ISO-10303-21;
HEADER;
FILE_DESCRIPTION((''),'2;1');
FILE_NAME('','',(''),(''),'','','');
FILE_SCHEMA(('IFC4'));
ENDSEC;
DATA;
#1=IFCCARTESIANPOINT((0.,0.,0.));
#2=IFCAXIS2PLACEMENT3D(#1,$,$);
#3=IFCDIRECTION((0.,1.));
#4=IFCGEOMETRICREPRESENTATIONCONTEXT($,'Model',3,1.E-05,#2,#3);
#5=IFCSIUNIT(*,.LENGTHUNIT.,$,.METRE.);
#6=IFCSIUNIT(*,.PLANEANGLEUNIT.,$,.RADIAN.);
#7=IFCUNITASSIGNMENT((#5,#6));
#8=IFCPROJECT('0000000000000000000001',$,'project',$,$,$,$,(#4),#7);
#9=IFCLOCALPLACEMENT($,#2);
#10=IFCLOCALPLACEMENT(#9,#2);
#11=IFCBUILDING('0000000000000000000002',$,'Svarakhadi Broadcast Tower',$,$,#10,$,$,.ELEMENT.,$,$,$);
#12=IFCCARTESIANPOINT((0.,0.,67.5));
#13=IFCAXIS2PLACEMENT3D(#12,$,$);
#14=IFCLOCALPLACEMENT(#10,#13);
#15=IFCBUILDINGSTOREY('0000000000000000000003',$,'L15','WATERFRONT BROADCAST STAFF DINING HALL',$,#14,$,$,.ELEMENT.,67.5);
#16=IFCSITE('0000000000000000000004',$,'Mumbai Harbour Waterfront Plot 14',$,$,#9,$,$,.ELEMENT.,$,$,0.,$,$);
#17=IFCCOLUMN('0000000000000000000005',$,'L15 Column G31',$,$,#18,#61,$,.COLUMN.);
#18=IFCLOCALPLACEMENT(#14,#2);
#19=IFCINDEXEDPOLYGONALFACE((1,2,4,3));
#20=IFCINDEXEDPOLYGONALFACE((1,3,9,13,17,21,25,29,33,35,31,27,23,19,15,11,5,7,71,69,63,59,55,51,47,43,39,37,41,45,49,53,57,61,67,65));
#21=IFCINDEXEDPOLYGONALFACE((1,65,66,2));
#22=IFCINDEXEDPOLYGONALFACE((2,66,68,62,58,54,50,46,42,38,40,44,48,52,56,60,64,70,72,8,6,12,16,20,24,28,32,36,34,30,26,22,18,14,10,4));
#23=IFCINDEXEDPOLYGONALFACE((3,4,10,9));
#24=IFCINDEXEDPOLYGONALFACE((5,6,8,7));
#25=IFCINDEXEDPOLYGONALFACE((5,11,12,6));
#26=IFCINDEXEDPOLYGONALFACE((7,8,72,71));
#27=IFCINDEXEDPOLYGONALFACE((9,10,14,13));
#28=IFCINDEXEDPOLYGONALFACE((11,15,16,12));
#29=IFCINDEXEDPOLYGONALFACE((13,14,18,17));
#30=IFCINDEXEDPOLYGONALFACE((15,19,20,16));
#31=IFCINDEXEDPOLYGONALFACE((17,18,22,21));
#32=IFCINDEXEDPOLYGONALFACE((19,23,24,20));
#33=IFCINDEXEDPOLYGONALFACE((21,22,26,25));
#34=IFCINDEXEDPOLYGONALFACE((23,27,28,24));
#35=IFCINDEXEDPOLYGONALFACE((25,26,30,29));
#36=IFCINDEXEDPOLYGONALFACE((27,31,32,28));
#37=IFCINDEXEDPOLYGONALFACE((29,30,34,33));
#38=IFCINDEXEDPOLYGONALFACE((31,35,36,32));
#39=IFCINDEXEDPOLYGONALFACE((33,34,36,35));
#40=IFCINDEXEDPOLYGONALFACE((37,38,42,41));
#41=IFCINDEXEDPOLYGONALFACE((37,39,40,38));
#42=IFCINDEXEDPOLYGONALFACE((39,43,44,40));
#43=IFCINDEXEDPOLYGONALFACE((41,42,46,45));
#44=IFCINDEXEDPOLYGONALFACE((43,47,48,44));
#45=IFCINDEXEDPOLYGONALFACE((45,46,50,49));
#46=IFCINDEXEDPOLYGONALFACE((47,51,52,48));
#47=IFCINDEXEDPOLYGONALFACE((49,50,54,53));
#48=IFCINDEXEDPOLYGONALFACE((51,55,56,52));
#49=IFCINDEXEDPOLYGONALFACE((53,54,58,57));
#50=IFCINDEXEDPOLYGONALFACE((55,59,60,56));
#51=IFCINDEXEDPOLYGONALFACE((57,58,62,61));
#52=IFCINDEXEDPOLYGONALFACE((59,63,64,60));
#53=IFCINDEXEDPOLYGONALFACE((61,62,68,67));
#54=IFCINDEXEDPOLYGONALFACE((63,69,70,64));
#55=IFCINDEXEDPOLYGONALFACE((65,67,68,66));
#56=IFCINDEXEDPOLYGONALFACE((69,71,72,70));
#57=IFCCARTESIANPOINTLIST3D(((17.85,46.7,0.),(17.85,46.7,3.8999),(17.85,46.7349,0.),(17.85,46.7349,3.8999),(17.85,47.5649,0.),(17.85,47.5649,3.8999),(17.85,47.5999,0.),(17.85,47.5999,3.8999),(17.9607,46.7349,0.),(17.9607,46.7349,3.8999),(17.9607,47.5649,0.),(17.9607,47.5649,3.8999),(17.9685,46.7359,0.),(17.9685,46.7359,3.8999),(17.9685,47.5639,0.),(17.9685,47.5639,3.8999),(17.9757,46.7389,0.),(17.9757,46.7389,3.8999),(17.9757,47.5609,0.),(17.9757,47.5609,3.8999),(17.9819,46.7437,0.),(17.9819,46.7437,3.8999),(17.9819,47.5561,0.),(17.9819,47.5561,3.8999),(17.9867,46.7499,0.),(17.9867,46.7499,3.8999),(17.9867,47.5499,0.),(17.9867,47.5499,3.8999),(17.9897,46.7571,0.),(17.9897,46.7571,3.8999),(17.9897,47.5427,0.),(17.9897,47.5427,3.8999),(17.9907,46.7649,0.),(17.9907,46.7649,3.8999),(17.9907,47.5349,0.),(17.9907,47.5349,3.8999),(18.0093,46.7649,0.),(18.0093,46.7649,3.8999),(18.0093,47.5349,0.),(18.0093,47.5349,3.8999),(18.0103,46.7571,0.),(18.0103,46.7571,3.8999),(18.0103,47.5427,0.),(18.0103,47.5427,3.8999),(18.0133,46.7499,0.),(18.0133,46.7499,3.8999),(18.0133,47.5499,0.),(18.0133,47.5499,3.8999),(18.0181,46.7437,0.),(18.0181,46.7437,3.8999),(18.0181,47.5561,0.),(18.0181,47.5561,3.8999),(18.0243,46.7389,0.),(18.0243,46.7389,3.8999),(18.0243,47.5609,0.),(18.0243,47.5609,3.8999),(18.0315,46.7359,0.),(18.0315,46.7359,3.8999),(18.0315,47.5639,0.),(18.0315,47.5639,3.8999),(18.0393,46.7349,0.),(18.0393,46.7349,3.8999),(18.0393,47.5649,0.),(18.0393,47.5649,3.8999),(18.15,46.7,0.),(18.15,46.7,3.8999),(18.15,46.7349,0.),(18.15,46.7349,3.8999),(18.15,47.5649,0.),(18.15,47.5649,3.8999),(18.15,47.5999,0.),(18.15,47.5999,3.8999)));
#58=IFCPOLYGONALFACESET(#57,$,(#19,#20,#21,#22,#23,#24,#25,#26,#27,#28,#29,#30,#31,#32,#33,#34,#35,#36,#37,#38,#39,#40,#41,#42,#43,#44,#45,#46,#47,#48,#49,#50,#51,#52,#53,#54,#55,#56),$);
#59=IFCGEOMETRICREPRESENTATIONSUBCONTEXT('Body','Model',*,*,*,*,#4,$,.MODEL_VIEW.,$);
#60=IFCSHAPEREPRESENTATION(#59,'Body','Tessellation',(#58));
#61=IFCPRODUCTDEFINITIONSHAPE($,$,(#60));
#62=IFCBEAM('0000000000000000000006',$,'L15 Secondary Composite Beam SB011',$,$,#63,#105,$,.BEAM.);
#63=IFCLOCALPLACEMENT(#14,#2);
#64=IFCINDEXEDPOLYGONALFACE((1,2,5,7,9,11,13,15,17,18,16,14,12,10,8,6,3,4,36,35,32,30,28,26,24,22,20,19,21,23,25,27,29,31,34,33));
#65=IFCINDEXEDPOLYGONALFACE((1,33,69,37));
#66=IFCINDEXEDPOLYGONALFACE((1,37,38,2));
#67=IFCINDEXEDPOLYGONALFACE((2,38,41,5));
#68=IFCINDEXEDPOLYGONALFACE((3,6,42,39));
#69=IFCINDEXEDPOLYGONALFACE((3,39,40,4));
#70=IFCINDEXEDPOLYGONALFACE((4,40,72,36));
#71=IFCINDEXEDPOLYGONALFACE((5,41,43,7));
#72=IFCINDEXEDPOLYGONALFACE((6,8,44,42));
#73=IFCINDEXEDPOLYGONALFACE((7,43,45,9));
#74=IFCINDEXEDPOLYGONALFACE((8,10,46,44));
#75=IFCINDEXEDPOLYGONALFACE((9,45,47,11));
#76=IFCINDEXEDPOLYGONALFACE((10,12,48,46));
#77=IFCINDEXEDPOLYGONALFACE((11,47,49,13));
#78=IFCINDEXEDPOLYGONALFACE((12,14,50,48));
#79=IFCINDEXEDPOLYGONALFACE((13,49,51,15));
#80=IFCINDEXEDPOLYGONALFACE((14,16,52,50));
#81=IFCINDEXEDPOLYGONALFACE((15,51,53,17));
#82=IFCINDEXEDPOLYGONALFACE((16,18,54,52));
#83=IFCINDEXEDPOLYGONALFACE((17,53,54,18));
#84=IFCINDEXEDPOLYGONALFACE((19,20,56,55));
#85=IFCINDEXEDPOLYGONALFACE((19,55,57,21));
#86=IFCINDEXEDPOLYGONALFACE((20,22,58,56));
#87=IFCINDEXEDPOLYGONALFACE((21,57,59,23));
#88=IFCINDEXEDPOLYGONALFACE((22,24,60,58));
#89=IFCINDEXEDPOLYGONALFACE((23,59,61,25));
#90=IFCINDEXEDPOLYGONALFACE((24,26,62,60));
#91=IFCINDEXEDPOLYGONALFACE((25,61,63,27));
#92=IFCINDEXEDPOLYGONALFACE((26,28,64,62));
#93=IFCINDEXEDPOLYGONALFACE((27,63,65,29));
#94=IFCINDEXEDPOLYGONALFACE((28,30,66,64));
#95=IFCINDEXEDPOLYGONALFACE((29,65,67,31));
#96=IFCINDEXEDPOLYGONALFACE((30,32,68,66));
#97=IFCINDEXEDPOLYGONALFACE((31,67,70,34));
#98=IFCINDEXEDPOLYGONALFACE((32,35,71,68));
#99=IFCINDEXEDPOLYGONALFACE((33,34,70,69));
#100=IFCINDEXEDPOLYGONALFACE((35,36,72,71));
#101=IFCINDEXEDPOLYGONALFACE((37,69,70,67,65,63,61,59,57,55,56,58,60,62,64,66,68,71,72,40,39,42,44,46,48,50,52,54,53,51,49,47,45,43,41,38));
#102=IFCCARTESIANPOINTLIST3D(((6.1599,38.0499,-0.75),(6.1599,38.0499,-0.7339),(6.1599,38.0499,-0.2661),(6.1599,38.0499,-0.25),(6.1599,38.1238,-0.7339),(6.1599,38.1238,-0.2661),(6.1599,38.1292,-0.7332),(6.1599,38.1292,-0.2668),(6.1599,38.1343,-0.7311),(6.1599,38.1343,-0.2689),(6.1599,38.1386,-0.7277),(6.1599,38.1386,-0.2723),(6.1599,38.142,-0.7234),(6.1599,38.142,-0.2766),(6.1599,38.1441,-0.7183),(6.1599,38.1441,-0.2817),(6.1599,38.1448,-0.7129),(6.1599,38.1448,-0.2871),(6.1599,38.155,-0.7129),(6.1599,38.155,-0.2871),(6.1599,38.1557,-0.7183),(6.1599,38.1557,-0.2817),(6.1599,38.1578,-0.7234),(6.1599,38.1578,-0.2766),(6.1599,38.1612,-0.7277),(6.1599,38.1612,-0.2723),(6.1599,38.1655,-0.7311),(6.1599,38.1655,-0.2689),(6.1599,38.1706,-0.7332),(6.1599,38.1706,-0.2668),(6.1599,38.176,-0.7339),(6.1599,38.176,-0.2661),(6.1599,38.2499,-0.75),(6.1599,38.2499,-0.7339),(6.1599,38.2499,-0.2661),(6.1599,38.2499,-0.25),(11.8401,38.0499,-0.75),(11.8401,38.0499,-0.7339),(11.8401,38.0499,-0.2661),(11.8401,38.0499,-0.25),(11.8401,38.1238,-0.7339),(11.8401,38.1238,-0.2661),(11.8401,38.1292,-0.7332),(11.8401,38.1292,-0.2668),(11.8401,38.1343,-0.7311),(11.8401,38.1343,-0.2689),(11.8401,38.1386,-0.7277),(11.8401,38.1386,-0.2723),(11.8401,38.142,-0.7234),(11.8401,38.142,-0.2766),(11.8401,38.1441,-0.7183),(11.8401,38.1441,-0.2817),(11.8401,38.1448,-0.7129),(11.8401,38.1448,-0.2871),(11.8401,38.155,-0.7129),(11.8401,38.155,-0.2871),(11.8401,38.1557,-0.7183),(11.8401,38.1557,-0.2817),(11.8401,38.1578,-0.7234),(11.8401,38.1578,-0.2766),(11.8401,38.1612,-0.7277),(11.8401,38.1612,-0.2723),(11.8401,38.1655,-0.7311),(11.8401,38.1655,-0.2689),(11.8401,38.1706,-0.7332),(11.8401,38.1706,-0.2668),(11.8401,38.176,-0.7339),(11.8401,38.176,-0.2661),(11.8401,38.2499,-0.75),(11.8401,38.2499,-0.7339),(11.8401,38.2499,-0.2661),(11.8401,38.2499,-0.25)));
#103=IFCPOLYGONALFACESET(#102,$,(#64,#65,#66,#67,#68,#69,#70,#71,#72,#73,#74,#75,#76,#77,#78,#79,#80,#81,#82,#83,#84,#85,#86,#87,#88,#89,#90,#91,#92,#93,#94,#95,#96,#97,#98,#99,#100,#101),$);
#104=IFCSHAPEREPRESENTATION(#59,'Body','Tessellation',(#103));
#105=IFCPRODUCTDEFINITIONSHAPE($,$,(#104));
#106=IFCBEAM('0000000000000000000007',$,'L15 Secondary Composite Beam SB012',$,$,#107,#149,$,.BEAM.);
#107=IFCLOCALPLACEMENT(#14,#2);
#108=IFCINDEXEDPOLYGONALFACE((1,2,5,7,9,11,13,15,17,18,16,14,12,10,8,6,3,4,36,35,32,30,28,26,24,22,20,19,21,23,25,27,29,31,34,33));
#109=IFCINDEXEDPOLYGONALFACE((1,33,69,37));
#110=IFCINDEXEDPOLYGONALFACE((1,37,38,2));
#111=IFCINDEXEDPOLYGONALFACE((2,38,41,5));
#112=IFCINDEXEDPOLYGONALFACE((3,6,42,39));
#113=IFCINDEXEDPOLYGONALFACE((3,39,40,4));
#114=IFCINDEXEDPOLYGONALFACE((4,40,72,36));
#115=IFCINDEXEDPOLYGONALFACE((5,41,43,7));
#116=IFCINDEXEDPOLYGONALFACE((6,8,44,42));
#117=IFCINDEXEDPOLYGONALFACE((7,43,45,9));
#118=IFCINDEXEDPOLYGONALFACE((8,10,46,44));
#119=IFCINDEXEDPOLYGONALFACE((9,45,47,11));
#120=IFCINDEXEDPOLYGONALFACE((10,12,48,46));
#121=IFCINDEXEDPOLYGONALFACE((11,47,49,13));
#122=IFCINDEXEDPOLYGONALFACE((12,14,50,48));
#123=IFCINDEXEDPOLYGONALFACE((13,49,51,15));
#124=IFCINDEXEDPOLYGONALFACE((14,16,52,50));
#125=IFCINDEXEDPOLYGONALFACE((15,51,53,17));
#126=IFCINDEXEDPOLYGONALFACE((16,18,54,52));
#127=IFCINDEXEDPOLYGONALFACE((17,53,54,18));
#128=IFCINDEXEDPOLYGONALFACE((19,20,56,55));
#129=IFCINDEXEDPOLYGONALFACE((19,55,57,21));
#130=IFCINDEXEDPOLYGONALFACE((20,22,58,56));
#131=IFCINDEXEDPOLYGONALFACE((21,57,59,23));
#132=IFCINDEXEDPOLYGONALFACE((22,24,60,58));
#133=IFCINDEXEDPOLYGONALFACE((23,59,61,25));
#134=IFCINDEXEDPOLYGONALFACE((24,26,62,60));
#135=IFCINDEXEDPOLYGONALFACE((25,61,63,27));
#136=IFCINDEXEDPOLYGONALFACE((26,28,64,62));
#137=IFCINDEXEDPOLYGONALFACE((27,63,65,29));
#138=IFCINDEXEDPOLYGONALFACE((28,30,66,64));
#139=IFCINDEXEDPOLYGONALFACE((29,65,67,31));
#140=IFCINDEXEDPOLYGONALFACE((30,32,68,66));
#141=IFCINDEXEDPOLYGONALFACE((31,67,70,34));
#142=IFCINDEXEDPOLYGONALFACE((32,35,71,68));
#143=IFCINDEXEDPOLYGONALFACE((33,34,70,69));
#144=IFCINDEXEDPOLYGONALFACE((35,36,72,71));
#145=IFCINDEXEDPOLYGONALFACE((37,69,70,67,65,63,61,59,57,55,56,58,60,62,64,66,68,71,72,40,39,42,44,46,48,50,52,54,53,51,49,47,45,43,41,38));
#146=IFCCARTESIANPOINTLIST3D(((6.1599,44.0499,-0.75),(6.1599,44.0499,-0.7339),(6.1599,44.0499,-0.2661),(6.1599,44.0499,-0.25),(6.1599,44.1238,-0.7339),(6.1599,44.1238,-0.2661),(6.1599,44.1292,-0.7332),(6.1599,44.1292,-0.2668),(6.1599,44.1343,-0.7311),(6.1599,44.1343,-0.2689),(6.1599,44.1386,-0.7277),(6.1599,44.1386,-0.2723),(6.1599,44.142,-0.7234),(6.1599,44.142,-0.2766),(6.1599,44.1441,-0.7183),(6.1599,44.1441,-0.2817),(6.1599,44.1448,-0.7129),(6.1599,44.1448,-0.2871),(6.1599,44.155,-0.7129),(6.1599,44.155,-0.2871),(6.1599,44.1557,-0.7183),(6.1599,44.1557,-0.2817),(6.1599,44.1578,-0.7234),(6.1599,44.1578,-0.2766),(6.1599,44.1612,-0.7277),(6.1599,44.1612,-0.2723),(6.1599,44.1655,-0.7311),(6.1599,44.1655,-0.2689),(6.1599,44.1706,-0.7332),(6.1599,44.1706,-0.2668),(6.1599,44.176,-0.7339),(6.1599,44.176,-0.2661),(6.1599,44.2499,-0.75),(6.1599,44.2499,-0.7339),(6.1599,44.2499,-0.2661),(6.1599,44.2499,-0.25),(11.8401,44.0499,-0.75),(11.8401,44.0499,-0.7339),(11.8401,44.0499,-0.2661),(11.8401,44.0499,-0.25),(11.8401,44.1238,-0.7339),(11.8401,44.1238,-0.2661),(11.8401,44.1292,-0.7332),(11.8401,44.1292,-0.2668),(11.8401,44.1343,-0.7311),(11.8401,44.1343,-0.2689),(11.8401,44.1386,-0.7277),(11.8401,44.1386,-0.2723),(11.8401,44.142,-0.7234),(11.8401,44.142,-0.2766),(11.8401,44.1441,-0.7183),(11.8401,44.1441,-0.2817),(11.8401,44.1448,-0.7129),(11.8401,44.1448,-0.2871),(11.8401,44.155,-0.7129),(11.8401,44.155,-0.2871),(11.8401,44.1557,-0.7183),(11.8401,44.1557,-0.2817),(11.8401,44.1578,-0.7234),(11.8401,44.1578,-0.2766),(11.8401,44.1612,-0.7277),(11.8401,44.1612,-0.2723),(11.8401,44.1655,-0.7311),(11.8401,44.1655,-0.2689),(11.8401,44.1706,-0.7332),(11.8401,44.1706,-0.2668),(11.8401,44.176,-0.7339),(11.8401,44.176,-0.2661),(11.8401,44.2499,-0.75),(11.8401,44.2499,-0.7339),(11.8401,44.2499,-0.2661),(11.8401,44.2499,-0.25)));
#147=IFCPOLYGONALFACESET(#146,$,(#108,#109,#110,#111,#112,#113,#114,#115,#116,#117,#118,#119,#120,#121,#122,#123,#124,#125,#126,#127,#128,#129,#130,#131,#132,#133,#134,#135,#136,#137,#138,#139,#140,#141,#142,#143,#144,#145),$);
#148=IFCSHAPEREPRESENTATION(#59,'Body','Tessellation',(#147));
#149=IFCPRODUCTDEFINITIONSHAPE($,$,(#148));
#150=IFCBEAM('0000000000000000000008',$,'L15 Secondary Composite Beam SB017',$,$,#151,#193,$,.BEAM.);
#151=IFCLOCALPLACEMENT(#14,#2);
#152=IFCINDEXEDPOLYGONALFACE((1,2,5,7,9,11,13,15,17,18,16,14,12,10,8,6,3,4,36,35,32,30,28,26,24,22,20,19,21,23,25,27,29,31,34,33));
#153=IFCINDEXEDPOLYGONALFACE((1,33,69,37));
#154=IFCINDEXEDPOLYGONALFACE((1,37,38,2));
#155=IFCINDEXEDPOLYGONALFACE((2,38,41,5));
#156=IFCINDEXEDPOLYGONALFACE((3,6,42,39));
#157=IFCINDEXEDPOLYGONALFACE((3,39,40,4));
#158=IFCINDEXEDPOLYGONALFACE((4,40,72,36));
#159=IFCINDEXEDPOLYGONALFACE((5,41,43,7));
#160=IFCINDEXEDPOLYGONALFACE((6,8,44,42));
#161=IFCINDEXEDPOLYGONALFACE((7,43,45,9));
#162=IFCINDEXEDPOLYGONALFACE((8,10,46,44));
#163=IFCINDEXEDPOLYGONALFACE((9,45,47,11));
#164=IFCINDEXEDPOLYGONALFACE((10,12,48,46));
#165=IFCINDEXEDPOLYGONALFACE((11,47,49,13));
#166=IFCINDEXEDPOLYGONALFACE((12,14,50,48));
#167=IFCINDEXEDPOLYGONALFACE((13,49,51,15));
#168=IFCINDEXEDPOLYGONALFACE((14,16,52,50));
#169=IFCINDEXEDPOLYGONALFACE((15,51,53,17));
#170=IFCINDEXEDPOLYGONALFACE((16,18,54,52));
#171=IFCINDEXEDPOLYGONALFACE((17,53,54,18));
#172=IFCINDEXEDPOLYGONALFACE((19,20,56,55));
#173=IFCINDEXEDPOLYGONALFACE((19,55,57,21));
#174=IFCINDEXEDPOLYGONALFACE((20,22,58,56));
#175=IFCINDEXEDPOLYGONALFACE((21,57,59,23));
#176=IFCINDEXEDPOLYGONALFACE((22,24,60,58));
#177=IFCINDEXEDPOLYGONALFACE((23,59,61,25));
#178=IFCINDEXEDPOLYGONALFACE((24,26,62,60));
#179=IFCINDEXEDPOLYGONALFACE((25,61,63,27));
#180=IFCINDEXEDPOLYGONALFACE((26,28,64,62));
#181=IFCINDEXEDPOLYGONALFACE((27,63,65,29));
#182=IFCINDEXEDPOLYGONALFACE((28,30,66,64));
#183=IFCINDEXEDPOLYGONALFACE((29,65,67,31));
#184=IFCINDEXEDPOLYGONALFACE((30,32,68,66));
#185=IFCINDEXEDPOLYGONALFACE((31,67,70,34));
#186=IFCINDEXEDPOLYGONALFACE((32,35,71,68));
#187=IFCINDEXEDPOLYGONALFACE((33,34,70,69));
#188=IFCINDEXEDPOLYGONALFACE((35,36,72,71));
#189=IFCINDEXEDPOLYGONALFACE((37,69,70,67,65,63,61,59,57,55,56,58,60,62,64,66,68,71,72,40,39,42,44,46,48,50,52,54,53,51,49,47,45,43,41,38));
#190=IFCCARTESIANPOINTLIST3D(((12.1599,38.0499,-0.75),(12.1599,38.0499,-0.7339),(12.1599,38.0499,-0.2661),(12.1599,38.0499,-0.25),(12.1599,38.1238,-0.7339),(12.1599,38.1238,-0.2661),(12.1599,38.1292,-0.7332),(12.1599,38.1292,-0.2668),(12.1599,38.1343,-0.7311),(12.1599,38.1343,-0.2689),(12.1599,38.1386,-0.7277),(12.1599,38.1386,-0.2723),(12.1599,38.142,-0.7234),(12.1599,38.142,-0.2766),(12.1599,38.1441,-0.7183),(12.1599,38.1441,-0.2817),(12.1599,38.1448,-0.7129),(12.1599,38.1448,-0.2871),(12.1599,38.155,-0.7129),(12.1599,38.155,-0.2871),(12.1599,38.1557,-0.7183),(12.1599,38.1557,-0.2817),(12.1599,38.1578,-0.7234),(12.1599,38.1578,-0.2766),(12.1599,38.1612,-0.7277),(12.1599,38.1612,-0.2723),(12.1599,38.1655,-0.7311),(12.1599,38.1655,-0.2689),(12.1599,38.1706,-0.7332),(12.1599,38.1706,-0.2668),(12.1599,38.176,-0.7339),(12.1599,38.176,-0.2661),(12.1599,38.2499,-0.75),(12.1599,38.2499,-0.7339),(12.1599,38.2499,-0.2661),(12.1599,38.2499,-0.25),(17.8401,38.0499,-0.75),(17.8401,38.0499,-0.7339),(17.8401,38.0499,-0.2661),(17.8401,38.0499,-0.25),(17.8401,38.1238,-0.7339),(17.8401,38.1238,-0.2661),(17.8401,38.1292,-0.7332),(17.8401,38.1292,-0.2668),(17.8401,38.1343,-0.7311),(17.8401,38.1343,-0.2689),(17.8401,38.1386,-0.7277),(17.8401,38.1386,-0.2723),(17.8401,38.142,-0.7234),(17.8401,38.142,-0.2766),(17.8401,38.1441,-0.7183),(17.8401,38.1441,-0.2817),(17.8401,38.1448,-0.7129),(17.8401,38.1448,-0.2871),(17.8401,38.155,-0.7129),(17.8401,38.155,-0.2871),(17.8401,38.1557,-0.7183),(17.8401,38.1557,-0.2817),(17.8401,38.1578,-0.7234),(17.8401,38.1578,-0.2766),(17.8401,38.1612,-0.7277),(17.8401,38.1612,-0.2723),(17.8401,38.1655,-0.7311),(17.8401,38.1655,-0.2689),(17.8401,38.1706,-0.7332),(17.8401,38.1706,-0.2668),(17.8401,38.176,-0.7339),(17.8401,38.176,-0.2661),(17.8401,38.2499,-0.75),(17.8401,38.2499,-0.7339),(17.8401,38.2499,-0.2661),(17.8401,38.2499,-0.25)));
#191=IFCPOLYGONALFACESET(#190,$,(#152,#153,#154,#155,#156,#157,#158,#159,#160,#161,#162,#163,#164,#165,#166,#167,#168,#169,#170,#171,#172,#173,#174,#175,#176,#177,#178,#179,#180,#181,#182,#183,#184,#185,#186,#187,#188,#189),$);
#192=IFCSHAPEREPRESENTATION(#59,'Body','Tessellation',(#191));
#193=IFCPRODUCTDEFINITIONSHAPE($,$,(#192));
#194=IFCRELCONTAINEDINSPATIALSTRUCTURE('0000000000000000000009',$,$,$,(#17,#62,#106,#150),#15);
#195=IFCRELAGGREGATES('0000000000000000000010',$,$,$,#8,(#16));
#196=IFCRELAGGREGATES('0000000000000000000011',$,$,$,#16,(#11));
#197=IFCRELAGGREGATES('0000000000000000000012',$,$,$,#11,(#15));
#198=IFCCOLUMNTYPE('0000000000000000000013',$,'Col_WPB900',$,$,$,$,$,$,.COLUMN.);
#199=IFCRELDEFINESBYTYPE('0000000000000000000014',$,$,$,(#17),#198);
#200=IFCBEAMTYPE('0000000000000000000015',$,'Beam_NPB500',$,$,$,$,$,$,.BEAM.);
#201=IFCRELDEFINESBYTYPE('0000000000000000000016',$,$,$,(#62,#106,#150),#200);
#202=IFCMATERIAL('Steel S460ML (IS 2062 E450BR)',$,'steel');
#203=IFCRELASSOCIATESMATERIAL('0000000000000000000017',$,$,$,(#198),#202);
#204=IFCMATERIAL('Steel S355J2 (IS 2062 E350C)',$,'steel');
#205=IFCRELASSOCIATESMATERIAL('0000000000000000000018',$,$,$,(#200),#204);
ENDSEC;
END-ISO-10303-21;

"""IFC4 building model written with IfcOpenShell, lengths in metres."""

from ifc_helpers import new_model, si_unit, direction, frame, origin, origin_2d, place, context, subcontext, project, spatial, i_section, extrude, material, material_profile, profile_set, type_object, element, save


model = new_model("IFC4")

# Units and contexts
model_context = context("Model", 3, precision=1e-05, world=origin(), true_north=direction((0.0, 1.0)))
body_context = subcontext(model_context, "Body", "Model", "MODEL_VIEW")
ifc_project = project(units=[si_unit("LENGTHUNIT", "METRE"), si_unit("PLANEANGLEUNIT", "RADIAN")], contexts=[model_context])

# Site, building, storey
site_placement = place(None, origin())
site = spatial("IfcSite", under=ifc_project, at=site_placement, Name="Mumbai Harbour Waterfront Plot 14", CompositionType="ELEMENT", RefElevation=0.0)
building_placement = place(site_placement, origin())
building = spatial("IfcBuilding", under=site, at=building_placement, Name="Svarakhadi Broadcast Tower", CompositionType="ELEMENT")
storey_placement = place(building_placement, frame((0.0, 0.0, 67.5)))
storey = spatial("IfcBuildingStorey", under=building, at=storey_placement, Name="L15", Description="WATERFRONT BROADCAST STAFF DINING HALL", CompositionType="ELEMENT", Elevation=67.5)

# Column
ifc_material_1 = material(Name="Steel S460ML (IS 2062 E450BR)", Category="steel")
ifc_material_profile_1 = material_profile(ifc_material_1, i_section(OverallWidth=0.3, OverallDepth=0.8999, WebThickness=0.0186, FlangeThickness=0.0349, FilletRadius=0.03, at=origin_2d()), Name="WPB 900x300x291")
ifc_profile_set_1 = profile_set([ifc_material_profile_1], Name="Steel S460ML (IS 2062 E450BR)")
column_type_1 = type_object("IfcColumnType", Name="Col_WPB900", PredefinedType="COLUMN", material=ifc_profile_set_1)
column_placement = place(storey_placement, frame((18.0, 47.1499, 0.0), z_axis=(0.0, 0.0, 1.0), x_axis=(1.0, 0.0, 0.0)))
element("IfcColumn", 1, at=column_placement, inside=storey, type_object=column_type_1, Name="L15 Column G31", PredefinedType="COLUMN", context=body_context, shape_type="SweptSolid", body=[
    extrude(i_section(OverallWidth=0.3, OverallDepth=0.8999, WebThickness=0.0186, FlangeThickness=0.0349, FilletRadius=0.03, at=origin_2d()), origin(), (0.0, 0.0, 1.0), 3.8999),
])

# Beams
ifc_material_2 = material(Name="Steel S355J2 (IS 2062 E350C)", Category="steel")
ifc_material_profile_2 = material_profile(ifc_material_2, i_section(OverallWidth=0.2, OverallDepth=0.5, WebThickness=0.0103, FlangeThickness=0.0161, FilletRadius=0.021, at=origin_2d()), Name="NPB 500x200x91")
ifc_profile_set_2 = profile_set([ifc_material_profile_2], Name="Steel S355J2 (IS 2062 E350C)")
beam_type_1 = type_object("IfcBeamType", Name="Beam_NPB500", PredefinedType="BEAM", material=ifc_profile_set_2)
for number, where, z_axis, x_axis, name in (
    (2, (6.1599, 38.1499, -0.5), (1.0, 0.0, 0.0), (0.0, 1.0, 0.0), "L15 Secondary Composite Beam SB011"),
    (3, (6.1599, 44.1499, -0.5), (1.0, 0.0, 0.0), (0.0, 1.0, 0.0), "L15 Secondary Composite Beam SB012"),
    (4, (12.1599, 38.1499, -0.5), (1.0, 0.0, 0.0), (0.0, 1.0, 0.0), "L15 Secondary Composite Beam SB017"),
):
    element("IfcBeam", number, at=place(storey_placement, frame(where, z_axis=z_axis, x_axis=x_axis)), inside=storey, type_object=beam_type_1, Name=name, PredefinedType="BEAM", context=body_context, shape_type="SweptSolid", body=[
        extrude(i_section(OverallWidth=0.2, OverallDepth=0.5, WebThickness=0.0103, FlangeThickness=0.0161, FilletRadius=0.021, at=origin_2d()), origin(), (0.0, 0.0, 1.0), 5.6802),
    ])

save(model, "model.ifc")
